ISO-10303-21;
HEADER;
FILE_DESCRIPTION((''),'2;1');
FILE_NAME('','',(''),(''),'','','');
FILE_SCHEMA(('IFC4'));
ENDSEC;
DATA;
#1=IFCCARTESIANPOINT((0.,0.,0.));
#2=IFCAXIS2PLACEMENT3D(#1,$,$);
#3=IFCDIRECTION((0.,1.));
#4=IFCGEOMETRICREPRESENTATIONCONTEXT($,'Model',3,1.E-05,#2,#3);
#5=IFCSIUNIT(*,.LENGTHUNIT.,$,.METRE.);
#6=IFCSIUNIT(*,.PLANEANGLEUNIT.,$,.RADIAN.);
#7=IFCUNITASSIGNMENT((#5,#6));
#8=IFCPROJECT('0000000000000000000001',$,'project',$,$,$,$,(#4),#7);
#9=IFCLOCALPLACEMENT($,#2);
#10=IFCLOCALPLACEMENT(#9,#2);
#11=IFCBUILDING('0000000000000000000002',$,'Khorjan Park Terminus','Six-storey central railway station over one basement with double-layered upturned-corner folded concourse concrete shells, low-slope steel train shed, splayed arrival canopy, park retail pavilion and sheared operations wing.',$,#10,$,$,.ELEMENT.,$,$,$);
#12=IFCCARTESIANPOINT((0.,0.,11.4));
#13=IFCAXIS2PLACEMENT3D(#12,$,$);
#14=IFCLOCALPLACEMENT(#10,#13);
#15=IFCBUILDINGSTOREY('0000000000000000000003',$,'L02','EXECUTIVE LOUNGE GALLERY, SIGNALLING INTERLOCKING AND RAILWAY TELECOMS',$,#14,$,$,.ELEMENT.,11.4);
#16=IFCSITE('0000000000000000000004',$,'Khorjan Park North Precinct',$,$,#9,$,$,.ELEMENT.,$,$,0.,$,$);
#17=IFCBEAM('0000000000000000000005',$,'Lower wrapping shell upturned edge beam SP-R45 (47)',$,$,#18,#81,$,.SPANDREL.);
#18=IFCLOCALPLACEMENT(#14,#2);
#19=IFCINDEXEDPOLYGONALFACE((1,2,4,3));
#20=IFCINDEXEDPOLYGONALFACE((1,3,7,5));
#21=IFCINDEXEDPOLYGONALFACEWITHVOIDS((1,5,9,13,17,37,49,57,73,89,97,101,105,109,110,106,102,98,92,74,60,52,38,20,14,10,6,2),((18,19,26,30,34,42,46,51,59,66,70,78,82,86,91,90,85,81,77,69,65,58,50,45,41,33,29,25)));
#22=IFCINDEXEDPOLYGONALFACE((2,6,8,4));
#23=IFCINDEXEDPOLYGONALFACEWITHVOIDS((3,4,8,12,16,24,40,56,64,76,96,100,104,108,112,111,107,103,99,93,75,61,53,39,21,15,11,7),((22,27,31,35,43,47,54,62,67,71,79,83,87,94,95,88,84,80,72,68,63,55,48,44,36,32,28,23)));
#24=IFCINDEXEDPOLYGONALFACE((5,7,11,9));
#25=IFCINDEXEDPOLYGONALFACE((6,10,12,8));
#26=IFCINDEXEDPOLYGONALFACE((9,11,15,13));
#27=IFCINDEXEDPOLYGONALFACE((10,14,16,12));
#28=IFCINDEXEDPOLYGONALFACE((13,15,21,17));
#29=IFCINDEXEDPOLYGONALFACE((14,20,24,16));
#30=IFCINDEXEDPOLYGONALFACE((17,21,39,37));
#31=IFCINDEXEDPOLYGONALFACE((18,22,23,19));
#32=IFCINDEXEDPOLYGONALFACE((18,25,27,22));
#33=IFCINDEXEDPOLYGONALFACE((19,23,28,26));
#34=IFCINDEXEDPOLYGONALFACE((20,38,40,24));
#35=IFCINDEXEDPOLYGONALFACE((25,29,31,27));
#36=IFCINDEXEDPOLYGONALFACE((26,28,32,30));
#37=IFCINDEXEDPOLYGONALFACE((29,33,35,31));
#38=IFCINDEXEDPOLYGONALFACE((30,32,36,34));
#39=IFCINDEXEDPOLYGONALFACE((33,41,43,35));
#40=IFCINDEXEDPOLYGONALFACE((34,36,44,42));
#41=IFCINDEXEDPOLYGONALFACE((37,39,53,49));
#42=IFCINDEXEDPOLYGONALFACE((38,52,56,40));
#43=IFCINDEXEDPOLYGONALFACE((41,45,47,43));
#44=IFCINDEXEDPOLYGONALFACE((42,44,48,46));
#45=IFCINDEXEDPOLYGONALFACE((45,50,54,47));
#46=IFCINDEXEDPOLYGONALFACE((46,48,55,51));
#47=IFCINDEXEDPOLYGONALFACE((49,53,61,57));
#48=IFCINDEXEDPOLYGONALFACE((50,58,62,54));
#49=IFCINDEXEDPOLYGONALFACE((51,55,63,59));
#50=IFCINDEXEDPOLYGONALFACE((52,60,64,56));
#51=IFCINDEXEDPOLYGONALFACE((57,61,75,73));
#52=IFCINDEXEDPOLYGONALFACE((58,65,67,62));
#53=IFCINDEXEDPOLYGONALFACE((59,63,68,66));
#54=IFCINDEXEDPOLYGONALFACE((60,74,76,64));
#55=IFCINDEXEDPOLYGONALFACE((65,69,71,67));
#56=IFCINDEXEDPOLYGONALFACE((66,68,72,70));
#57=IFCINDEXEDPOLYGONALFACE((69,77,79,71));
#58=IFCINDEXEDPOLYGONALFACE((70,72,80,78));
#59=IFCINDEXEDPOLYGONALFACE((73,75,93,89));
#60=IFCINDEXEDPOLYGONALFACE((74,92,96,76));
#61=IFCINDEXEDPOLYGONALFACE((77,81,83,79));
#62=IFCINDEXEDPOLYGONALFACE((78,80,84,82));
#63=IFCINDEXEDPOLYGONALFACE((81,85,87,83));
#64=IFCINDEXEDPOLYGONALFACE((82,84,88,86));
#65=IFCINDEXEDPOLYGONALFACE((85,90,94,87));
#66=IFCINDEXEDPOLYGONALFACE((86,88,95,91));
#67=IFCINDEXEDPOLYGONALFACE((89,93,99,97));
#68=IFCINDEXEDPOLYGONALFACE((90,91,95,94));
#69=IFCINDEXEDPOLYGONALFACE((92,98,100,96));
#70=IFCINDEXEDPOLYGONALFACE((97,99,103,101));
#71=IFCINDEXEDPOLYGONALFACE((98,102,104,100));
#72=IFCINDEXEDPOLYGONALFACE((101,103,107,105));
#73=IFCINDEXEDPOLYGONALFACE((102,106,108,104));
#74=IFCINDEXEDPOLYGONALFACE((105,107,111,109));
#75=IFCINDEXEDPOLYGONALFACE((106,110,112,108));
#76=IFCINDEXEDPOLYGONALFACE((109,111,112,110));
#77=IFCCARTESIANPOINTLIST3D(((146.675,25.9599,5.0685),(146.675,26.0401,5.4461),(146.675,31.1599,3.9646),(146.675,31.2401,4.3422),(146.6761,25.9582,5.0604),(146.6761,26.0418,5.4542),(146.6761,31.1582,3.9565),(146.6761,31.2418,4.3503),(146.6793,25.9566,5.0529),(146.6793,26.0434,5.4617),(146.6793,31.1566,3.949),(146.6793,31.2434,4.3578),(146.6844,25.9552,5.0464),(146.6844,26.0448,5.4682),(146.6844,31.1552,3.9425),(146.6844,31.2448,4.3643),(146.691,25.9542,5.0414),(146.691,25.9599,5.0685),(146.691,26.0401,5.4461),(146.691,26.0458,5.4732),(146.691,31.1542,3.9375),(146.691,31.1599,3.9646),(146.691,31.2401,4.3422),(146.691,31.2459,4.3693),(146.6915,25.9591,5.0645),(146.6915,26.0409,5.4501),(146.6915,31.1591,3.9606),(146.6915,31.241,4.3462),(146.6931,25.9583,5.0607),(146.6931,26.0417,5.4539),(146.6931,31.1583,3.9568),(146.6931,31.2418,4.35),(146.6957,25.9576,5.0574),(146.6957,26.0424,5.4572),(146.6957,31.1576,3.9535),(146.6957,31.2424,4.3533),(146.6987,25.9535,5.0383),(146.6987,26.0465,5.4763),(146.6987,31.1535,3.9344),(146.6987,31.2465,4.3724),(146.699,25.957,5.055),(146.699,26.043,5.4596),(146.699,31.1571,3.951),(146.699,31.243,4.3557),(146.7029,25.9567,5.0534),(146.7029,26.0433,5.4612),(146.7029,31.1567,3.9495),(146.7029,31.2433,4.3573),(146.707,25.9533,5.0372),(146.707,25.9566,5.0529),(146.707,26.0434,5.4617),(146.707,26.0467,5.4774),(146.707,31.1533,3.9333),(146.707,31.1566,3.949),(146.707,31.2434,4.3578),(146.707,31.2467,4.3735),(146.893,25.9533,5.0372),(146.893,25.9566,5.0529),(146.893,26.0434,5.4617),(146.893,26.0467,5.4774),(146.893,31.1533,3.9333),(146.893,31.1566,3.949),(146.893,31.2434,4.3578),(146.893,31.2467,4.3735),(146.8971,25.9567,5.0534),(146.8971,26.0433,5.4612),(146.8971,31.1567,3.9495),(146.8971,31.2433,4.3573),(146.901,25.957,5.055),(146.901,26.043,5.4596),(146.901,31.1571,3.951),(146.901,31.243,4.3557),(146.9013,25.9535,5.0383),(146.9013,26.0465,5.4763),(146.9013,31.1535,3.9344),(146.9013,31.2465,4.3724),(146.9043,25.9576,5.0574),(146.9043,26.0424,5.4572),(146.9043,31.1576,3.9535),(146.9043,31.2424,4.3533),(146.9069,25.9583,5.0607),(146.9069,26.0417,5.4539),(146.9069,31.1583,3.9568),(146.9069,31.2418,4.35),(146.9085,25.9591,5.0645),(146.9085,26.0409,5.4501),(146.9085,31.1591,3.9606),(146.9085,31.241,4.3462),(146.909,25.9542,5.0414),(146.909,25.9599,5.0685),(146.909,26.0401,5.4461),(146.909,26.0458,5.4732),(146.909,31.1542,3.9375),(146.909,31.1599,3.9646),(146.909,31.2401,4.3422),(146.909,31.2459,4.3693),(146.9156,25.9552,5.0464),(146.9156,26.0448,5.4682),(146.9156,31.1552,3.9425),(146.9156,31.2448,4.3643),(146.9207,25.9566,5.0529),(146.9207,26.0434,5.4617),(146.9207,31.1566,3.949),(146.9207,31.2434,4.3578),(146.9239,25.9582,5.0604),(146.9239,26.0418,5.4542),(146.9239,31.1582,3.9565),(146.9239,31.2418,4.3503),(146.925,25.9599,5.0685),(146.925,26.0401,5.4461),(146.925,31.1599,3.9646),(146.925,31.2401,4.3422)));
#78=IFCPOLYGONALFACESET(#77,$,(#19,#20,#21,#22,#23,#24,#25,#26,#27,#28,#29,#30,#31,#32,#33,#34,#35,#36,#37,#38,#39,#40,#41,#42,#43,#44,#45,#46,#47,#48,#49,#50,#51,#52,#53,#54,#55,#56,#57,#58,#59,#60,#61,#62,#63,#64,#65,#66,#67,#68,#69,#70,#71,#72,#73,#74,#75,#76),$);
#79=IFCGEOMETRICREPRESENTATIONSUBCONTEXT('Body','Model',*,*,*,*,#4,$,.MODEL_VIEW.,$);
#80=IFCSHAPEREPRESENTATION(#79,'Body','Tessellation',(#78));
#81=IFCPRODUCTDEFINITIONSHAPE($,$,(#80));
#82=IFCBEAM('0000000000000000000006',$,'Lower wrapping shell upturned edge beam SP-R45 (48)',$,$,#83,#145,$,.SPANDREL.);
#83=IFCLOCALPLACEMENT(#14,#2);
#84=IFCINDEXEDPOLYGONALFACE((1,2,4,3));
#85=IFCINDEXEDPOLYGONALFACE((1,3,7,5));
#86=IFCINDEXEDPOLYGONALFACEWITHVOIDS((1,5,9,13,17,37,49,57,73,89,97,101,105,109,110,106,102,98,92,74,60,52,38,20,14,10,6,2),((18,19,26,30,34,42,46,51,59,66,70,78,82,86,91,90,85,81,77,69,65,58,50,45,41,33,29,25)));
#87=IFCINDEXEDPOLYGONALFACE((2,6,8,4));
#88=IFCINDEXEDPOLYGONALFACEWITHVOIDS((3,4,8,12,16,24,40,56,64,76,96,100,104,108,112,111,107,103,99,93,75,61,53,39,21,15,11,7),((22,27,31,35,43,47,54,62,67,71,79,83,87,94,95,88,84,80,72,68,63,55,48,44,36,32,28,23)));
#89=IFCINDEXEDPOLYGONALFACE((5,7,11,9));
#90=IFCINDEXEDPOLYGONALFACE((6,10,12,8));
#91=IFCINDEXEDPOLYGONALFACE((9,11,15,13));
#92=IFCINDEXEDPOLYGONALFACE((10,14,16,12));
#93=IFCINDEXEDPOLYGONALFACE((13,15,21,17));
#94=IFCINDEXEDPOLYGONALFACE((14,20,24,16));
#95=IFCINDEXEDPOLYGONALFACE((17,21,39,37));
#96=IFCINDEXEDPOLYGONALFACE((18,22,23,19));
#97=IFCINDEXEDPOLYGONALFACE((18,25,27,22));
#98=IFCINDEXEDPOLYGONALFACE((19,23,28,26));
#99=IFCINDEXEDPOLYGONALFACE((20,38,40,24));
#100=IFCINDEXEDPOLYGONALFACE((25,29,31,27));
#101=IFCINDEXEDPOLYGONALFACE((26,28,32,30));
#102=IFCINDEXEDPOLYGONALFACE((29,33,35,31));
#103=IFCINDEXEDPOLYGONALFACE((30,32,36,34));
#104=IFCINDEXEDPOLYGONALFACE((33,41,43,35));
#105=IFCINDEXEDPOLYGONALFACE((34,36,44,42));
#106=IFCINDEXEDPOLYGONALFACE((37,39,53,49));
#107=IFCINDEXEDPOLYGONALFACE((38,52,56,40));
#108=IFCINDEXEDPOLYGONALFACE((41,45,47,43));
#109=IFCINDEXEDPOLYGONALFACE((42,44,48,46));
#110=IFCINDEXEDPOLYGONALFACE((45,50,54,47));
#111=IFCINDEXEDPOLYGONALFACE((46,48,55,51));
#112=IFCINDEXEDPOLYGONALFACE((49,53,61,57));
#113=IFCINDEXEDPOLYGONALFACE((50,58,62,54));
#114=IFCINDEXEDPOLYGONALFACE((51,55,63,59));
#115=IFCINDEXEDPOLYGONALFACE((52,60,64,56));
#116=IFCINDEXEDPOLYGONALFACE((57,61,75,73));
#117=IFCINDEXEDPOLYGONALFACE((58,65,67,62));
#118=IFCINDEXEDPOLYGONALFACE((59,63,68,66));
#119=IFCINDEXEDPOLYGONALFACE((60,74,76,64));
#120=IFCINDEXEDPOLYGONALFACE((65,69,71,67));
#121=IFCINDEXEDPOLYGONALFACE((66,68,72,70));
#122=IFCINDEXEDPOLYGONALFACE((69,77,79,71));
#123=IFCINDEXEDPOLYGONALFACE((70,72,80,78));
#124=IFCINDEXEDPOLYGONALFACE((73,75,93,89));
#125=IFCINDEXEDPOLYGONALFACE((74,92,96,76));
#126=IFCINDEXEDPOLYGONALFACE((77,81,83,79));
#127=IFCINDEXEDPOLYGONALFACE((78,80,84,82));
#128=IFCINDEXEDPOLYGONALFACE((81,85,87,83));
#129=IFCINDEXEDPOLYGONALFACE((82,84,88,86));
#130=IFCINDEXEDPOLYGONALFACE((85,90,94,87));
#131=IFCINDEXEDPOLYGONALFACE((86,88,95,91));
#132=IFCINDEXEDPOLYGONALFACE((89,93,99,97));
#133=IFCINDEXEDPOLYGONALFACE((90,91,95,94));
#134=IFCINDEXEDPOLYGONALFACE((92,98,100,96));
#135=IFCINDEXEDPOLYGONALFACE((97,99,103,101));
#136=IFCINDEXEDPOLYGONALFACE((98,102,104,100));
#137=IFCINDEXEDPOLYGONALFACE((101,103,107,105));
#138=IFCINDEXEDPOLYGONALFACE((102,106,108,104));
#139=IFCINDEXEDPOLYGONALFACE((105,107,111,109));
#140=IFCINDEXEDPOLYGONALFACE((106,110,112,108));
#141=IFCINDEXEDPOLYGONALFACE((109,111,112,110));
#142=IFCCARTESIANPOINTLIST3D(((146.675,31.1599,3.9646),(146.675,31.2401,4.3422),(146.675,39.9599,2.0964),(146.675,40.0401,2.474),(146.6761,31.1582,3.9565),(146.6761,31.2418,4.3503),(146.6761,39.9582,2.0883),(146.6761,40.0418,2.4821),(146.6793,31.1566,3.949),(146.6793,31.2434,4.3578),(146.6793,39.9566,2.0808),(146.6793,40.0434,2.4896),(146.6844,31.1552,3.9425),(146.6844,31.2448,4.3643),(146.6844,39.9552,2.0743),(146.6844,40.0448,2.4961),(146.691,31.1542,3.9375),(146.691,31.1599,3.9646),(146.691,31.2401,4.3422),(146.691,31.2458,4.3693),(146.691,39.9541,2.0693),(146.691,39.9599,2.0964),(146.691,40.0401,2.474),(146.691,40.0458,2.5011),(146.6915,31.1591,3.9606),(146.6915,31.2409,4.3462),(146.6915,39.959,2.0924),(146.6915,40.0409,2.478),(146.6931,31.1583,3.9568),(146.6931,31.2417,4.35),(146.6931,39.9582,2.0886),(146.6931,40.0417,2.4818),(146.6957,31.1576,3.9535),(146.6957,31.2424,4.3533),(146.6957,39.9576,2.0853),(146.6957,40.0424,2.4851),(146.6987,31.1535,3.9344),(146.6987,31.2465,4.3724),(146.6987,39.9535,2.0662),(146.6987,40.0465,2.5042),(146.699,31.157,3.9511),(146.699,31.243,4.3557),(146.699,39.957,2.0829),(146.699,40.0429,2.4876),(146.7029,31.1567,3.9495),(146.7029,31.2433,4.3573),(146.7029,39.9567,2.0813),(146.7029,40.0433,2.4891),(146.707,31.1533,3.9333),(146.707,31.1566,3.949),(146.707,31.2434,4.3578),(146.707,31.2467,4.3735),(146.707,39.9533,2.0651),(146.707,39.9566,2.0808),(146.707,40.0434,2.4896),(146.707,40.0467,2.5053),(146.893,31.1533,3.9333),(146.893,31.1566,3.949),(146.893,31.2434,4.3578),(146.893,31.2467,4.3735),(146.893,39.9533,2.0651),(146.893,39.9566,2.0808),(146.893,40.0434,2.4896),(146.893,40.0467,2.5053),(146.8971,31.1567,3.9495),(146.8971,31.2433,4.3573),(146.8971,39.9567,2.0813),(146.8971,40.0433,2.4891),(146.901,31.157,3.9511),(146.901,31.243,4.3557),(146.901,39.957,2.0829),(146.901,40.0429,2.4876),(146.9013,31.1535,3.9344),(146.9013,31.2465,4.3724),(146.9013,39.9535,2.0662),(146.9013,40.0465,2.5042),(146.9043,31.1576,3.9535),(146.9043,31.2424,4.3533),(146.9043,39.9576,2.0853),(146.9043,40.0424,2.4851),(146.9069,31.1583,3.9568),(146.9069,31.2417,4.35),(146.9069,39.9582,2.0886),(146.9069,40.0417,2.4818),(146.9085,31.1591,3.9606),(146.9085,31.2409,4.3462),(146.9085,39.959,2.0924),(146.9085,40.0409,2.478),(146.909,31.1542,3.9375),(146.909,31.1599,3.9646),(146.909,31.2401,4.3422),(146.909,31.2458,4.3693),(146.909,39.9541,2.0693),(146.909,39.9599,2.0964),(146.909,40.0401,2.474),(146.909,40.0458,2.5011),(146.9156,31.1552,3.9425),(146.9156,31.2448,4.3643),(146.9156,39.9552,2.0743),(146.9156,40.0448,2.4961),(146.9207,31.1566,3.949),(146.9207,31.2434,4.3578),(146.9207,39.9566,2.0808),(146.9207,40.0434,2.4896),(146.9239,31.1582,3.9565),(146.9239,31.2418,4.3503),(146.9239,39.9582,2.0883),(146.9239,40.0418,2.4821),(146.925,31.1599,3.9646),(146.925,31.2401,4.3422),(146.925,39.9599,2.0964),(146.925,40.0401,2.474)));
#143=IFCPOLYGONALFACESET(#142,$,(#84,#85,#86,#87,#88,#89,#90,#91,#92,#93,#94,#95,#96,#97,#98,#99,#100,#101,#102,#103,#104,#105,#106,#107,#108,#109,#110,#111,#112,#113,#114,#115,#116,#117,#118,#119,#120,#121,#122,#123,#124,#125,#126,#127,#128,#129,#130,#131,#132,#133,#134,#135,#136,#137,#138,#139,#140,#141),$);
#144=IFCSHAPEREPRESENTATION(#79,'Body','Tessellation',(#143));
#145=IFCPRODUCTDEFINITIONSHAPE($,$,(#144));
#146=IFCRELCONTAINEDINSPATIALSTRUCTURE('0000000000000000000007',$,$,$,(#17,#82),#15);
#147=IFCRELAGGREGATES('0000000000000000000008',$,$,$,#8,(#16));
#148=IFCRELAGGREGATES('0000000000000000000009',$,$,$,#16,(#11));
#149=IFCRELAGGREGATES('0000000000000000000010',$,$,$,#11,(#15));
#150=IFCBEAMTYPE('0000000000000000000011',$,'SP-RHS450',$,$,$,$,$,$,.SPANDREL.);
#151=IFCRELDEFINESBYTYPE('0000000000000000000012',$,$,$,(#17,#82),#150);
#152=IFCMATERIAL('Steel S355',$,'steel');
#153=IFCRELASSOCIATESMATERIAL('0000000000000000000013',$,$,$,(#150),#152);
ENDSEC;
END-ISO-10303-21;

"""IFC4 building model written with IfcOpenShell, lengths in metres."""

from ifc_helpers import new_model, si_unit, direction, frame, origin, origin_2d, place, context, subcontext, project, spatial, hollow_rectangle, extrude, material, material_profile, profile_set, type_object, element, save


model = new_model("IFC4")

# Units and contexts
model_context = context("Model", 3, precision=1e-05, world=origin(), true_north=direction((0.0, 1.0)))
body_context = subcontext(model_context, "Body", "Model", "MODEL_VIEW")
ifc_project = project(units=[si_unit("LENGTHUNIT", "METRE"), si_unit("PLANEANGLEUNIT", "RADIAN")], contexts=[model_context])

# Site, building, storey
site_placement = place(None, origin())
site = spatial("IfcSite", under=ifc_project, at=site_placement, Name="Khorjan Park North Precinct", CompositionType="ELEMENT", RefElevation=0.0)
building_placement = place(site_placement, origin())
building = spatial("IfcBuilding", under=site, at=building_placement, Name="Khorjan Park Terminus", Description="Six-storey central railway station over one basement with double-layered upturned-corner folded concourse concrete shells, low-slope steel train shed, splayed arrival canopy, park retail pavilion and sheared operations wing.", CompositionType="ELEMENT")
storey_placement = place(building_placement, frame((0.0, 0.0, 11.4)))
storey = spatial("IfcBuildingStorey", under=building, at=storey_placement, Name="L02", Description="EXECUTIVE LOUNGE GALLERY, SIGNALLING INTERLOCKING AND RAILWAY TELECOMS", CompositionType="ELEMENT", Elevation=11.4)

# Shared definitions
ifc_material_1 = material(Name="Steel S355", Category="steel")

# Beams
ifc_material_profile_1 = material_profile(ifc_material_1, hollow_rectangle(XDim=0.25, YDim=0.45, WallThickness=0.016, InnerFilletRadius=0.016, OuterFilletRadius=0.032, at=origin_2d()), Name="RHS 450x250x16")
ifc_profile_set_1 = profile_set([ifc_material_profile_1], Name="Steel S355")
beam_type_1 = type_object("IfcBeamType", Name="SP-RHS450", PredefinedType="SPANDREL", material=ifc_profile_set_1)
beam_1_placement = place(storey_placement, frame((146.8, 26.0, 5.2573), z_axis=(0.0, 0.978201, -0.207661), x_axis=(-1.0, 0.0, 0.0)))
element("IfcBeam", 1, at=beam_1_placement, inside=storey, type_object=beam_type_1, Name="Lower wrapping shell upturned edge beam SP-R45 (47)", PredefinedType="SPANDREL", context=body_context, shape_type="SweptSolid", body=[
    extrude(hollow_rectangle(XDim=0.25, YDim=0.45, WallThickness=0.016, InnerFilletRadius=0.016, OuterFilletRadius=0.032, at=origin_2d()), origin(), (0.0, 0.0, 1.0), 5.3159),
])
beam_2_placement = place(storey_placement, frame((146.8, 31.2, 4.1534), z_axis=(0.0, 0.9782, -0.207667), x_axis=(-1.0, 0.0, 0.0)))
element("IfcBeam", 2, at=beam_2_placement, inside=storey, type_object=beam_type_1, Name="Lower wrapping shell upturned edge beam SP-R45 (48)", PredefinedType="SPANDREL", context=body_context, shape_type="SweptSolid", body=[
    extrude(hollow_rectangle(XDim=0.25, YDim=0.45, WallThickness=0.016, InnerFilletRadius=0.016, OuterFilletRadius=0.032, at=origin_2d()), origin(), (0.0, 0.0, 1.0), 8.9961),
])

save(model, "model.ifc")
